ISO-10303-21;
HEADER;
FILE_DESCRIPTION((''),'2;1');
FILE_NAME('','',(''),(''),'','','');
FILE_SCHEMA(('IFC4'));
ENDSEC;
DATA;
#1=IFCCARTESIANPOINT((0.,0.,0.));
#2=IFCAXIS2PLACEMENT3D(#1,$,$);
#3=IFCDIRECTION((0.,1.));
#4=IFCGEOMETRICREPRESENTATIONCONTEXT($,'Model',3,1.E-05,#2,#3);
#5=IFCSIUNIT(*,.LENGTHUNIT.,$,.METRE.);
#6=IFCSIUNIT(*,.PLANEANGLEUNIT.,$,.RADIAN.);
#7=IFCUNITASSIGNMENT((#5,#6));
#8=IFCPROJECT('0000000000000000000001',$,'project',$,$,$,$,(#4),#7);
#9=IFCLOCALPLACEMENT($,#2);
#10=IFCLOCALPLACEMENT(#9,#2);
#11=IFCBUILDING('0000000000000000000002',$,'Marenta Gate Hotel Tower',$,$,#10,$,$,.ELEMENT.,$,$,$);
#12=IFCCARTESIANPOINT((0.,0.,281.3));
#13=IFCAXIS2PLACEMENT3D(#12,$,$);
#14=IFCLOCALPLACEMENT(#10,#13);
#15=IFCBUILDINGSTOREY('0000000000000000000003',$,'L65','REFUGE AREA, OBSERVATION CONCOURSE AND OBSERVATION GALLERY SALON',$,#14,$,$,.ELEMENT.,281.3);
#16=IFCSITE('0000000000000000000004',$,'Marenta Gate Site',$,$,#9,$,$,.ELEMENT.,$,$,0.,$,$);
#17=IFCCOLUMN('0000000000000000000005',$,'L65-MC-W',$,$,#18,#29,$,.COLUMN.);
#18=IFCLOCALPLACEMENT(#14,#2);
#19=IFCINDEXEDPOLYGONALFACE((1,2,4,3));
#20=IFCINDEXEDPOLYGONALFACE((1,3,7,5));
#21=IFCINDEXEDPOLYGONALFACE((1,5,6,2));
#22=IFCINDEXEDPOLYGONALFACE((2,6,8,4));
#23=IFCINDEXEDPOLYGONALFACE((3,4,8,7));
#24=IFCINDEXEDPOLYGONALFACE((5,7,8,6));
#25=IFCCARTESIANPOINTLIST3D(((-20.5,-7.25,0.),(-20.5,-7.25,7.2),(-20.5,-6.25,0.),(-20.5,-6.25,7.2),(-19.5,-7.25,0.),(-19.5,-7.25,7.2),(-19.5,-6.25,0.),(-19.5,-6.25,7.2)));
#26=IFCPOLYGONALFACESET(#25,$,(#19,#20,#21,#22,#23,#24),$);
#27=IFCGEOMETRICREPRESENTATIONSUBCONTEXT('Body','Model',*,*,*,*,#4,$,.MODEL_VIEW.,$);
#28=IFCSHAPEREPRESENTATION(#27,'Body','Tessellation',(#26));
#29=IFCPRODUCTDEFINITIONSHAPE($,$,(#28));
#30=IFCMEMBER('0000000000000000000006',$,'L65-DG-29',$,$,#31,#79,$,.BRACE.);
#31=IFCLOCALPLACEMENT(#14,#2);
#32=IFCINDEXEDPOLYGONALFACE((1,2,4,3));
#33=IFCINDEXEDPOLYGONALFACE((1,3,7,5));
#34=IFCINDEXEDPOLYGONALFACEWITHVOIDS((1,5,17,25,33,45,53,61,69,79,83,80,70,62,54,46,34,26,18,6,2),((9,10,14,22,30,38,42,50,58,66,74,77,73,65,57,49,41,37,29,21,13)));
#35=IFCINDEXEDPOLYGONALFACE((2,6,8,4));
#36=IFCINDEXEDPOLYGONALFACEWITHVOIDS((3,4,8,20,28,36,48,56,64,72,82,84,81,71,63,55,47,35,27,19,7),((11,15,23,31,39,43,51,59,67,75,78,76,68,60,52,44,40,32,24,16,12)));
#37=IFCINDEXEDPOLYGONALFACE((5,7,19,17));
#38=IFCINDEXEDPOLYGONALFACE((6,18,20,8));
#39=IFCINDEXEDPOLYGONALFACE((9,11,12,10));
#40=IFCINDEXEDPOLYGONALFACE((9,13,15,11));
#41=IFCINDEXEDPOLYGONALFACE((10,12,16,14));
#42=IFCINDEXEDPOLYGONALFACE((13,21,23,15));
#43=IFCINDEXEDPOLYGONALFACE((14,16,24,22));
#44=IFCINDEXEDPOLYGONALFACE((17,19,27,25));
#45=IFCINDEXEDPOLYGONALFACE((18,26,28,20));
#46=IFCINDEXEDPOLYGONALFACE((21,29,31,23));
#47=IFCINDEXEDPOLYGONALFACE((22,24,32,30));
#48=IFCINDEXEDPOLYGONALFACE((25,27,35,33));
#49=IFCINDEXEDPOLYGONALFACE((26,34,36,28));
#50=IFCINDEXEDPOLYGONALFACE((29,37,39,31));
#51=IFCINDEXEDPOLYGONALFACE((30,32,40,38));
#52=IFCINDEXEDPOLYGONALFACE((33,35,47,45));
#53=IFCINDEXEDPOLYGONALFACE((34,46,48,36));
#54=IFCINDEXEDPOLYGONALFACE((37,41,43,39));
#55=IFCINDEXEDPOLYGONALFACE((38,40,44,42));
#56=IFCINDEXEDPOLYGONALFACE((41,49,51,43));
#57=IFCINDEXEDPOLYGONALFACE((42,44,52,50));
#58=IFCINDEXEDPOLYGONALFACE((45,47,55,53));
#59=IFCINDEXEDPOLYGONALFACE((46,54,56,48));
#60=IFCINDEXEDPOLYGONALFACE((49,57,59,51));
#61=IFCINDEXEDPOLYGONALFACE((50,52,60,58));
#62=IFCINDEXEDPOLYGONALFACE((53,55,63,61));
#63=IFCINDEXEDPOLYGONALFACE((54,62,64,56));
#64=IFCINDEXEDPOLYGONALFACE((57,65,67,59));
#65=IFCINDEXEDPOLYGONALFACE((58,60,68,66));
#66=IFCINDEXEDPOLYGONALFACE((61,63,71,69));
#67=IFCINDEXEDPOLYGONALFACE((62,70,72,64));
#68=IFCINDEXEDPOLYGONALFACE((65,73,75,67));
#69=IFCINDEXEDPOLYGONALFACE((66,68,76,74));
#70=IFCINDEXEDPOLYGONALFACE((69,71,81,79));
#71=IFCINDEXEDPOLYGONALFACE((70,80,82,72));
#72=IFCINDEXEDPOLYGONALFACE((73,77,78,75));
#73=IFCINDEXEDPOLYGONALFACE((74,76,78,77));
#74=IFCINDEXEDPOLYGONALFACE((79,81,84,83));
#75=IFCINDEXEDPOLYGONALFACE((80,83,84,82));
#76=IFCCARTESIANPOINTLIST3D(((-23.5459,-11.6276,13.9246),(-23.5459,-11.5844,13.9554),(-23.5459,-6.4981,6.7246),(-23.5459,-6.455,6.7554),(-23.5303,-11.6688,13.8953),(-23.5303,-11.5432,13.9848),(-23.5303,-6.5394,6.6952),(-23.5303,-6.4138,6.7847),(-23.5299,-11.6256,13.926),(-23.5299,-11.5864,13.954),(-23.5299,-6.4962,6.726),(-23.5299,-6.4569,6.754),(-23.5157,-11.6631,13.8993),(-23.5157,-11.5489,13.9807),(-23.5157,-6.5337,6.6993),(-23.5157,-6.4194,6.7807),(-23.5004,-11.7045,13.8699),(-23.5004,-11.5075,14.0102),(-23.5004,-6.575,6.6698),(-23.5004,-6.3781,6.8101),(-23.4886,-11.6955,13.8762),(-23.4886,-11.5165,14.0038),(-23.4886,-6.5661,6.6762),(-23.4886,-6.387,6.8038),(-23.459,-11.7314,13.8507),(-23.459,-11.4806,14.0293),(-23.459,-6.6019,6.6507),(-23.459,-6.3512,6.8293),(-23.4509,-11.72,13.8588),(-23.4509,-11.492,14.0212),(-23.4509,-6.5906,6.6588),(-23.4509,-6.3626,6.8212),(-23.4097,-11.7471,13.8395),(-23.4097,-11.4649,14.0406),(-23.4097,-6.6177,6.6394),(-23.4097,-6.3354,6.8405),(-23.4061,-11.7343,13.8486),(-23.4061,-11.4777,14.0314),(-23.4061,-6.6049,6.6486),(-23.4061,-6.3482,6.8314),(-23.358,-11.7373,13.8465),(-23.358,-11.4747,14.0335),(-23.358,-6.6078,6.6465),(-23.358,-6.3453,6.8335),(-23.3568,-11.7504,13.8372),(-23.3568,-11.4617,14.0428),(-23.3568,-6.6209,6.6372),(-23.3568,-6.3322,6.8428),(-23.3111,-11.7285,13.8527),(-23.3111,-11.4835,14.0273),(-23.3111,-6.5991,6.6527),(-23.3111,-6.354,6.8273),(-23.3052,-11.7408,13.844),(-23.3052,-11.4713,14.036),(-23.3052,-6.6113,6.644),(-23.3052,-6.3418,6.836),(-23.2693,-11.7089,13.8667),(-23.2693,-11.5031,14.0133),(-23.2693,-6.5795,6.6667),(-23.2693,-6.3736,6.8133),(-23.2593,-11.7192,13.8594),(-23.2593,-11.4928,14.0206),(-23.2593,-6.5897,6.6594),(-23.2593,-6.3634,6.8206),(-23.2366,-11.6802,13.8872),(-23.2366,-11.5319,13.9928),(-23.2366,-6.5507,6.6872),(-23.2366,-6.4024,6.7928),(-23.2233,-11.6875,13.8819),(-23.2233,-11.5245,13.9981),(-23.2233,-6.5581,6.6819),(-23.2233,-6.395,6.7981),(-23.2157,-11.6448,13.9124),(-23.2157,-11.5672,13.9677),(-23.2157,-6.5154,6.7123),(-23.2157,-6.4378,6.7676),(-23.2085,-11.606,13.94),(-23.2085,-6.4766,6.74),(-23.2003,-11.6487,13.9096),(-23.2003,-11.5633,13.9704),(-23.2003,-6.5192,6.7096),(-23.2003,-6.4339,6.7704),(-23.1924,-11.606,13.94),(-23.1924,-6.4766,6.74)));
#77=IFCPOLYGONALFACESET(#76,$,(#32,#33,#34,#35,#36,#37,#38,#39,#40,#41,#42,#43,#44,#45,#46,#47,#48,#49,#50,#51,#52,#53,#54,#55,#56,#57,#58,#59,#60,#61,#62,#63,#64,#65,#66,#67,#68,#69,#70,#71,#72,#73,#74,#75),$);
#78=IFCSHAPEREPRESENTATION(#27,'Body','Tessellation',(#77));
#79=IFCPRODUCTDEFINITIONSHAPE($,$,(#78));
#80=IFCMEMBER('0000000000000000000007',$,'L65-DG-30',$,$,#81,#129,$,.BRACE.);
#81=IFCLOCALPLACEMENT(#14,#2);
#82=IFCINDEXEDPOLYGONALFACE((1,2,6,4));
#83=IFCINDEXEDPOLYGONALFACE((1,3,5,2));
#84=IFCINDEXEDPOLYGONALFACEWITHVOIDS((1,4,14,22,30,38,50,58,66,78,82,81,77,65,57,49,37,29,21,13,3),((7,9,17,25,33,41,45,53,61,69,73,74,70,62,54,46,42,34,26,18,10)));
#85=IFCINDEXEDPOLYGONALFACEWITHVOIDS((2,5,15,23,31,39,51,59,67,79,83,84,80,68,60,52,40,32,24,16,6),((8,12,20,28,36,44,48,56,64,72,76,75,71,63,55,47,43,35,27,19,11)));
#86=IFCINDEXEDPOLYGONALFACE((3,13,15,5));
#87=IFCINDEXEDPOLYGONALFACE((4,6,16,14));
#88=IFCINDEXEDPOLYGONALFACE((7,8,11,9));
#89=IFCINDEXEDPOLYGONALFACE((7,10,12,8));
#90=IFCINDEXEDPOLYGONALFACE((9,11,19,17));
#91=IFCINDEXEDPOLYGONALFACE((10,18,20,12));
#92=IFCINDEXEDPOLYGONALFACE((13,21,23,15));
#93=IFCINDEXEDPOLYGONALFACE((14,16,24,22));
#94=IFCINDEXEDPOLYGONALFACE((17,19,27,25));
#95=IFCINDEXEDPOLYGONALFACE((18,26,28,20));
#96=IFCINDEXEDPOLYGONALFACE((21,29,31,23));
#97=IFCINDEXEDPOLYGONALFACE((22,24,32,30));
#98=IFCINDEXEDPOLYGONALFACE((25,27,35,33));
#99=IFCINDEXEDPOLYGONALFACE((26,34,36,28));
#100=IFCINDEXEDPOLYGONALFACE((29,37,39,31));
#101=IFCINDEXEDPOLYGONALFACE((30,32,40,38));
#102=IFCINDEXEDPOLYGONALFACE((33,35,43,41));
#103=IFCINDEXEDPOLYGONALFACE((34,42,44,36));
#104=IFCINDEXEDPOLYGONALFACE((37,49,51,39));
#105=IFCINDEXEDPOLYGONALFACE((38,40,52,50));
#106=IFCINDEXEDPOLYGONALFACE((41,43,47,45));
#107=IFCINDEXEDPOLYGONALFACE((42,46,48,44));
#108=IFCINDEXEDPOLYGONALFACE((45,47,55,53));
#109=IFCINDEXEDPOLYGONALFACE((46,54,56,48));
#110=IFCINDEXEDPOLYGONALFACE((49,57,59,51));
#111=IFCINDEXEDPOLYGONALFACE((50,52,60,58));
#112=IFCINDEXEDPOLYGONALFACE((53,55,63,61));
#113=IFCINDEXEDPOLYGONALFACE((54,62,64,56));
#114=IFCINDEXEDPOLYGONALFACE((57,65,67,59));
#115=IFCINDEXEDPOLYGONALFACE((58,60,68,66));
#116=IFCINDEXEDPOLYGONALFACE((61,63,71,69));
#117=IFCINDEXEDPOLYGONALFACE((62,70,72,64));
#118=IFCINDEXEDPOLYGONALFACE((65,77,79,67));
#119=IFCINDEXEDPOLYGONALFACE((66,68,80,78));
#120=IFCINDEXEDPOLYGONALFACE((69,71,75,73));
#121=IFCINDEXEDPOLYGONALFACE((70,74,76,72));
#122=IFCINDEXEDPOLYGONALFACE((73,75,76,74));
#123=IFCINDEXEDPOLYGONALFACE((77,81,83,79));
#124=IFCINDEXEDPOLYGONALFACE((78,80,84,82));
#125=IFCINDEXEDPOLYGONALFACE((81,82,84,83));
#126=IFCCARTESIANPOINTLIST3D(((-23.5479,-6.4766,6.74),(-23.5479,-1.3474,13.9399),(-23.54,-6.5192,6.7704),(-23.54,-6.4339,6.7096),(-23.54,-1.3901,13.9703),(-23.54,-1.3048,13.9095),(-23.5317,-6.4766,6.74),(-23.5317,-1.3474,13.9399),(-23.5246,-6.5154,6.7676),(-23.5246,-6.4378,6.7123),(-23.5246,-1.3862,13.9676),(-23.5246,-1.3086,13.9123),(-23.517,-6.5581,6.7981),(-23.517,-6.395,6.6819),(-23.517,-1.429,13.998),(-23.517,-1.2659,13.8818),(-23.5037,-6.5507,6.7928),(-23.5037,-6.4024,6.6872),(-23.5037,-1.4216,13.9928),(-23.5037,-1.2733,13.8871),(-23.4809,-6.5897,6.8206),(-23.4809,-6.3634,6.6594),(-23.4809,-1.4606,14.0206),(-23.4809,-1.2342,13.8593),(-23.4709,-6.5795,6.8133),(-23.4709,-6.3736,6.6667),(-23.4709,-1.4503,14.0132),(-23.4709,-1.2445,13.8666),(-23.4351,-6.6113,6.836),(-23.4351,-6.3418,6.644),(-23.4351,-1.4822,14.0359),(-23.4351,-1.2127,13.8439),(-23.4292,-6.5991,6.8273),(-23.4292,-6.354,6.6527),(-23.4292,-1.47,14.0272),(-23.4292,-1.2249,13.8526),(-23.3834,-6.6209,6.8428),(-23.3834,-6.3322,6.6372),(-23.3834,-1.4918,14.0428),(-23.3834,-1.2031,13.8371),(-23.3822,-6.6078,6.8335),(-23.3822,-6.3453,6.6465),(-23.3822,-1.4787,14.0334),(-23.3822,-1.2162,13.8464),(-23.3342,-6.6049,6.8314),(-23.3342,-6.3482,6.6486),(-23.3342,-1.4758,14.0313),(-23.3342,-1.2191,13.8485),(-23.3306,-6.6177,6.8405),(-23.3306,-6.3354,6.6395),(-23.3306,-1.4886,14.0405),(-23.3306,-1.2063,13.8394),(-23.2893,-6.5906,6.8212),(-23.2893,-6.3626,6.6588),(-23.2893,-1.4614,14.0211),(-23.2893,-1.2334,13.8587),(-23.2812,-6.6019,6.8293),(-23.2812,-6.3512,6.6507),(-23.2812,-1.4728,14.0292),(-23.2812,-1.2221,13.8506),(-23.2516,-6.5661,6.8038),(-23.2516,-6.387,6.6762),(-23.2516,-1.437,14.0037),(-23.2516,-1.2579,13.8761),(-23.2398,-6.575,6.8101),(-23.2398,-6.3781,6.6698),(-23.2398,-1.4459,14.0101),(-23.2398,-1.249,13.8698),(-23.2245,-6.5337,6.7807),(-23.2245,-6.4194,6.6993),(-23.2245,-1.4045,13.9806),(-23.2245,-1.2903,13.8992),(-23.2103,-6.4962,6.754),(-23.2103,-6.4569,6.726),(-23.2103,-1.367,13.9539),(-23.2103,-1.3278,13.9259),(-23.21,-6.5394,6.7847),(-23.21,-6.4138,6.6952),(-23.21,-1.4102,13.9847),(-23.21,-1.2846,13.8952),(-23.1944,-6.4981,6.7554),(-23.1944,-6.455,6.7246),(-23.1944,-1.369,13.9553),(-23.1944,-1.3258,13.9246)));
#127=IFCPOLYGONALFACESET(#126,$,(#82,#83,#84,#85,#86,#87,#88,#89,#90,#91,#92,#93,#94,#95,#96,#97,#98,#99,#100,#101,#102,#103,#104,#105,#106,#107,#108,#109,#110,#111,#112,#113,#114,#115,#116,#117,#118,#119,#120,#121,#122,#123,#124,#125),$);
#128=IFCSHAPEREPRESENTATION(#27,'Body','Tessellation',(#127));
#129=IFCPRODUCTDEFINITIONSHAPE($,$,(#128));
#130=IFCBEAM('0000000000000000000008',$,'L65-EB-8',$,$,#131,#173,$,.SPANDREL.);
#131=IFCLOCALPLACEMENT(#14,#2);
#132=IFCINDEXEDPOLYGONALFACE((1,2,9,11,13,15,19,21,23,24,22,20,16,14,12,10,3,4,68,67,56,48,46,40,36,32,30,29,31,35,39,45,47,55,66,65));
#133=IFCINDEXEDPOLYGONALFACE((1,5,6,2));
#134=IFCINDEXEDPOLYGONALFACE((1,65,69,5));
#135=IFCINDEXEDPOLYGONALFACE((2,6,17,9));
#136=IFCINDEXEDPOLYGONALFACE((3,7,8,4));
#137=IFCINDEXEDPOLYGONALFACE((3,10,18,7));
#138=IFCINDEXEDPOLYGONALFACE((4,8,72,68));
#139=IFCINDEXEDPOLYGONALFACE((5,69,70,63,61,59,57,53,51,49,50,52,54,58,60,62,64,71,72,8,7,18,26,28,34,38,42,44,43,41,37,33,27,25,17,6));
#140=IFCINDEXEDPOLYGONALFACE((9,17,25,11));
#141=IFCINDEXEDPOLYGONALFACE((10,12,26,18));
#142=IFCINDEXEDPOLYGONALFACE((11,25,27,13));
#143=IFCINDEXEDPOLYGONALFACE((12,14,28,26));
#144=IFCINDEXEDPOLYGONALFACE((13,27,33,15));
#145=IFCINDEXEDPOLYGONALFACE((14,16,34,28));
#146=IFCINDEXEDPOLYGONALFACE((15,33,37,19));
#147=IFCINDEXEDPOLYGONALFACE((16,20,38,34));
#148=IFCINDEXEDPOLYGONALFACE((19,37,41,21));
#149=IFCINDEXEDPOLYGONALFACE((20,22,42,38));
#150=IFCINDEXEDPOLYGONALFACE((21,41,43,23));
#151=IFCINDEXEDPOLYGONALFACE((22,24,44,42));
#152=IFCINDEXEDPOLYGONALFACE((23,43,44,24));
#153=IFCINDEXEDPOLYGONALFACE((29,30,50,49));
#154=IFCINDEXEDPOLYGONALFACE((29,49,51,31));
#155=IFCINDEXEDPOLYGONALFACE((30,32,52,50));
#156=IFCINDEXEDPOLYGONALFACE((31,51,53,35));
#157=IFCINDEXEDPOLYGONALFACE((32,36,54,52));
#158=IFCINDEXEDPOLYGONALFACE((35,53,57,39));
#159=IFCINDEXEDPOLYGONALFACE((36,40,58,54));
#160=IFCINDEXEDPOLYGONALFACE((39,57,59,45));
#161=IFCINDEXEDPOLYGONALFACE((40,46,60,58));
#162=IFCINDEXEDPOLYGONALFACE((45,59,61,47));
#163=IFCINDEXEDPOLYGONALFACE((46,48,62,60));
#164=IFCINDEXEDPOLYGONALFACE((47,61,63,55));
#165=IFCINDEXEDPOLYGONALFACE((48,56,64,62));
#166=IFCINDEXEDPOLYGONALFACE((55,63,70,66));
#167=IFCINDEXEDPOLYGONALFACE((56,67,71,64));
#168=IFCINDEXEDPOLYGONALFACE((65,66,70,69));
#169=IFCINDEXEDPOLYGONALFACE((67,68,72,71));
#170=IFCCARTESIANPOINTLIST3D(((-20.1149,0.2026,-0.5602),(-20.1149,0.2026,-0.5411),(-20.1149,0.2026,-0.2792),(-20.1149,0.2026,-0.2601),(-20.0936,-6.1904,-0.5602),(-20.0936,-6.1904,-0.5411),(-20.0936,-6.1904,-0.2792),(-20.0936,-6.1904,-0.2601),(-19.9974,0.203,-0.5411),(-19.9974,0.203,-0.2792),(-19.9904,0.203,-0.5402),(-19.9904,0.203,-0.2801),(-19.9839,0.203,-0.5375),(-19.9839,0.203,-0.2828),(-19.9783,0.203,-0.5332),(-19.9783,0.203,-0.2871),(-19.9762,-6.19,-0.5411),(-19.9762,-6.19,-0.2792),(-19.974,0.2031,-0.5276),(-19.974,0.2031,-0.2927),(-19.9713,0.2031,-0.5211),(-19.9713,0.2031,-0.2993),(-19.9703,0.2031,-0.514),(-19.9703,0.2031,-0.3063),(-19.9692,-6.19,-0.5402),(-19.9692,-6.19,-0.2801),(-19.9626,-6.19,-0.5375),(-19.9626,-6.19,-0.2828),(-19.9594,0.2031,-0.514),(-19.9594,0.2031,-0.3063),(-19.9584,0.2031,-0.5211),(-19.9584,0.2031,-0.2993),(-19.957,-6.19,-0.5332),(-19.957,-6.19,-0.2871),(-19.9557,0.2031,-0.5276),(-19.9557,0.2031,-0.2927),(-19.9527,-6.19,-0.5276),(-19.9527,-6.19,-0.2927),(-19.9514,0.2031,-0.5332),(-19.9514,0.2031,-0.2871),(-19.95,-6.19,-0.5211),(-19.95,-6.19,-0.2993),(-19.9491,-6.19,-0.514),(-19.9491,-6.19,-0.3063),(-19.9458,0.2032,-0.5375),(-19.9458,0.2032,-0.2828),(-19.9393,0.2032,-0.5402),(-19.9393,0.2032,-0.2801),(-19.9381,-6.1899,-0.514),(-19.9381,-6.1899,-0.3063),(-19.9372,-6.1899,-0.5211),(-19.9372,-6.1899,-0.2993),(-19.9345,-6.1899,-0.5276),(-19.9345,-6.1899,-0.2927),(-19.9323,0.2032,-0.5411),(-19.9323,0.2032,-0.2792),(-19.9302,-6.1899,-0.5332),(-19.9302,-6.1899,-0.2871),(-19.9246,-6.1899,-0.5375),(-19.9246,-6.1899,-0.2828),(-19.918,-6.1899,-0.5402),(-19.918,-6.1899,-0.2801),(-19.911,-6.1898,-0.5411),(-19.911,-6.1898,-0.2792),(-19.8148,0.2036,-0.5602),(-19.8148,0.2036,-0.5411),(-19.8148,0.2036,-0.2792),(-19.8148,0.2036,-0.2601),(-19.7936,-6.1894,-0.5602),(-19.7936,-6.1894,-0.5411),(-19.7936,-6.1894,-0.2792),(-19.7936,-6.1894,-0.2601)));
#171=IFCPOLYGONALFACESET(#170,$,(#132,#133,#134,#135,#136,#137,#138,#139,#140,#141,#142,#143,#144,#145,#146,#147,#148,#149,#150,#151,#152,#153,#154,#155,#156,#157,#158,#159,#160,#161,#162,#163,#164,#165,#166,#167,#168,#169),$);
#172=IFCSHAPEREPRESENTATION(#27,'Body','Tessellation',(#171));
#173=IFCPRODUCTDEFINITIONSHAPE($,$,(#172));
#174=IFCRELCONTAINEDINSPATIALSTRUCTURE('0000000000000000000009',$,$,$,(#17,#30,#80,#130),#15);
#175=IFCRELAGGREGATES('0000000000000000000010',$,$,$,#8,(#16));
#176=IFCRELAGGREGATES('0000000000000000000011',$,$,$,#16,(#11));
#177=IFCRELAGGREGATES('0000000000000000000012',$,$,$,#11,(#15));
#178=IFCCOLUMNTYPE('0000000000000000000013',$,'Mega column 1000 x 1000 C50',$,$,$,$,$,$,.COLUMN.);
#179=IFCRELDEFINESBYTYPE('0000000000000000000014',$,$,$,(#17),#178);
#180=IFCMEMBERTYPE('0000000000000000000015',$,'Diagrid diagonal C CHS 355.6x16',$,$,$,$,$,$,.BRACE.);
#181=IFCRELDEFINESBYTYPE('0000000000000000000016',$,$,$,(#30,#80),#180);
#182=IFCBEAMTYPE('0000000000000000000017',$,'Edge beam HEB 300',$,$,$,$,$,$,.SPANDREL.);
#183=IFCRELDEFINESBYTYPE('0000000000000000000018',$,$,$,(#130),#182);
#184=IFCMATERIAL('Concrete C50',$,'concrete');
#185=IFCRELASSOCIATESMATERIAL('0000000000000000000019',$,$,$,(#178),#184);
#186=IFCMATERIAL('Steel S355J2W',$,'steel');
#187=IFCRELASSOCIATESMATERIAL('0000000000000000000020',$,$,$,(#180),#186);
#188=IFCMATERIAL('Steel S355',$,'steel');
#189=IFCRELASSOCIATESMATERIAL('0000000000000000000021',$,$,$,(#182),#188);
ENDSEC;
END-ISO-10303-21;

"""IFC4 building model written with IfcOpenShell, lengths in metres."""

from ifc_helpers import new_model, si_unit, direction, frame, origin, origin_2d, place, context, subcontext, project, spatial, rectangle, hollow_circle, i_section, extrude, material, material_profile, profile_set, type_object, element, save


model = new_model("IFC4")

# Units and contexts
model_context = context("Model", 3, precision=1e-05, world=origin(), true_north=direction((0.0, 1.0)))
body_context = subcontext(model_context, "Body", "Model", "MODEL_VIEW")
ifc_project = project(units=[si_unit("LENGTHUNIT", "METRE"), si_unit("PLANEANGLEUNIT", "RADIAN")], contexts=[model_context])

# Site, building, storey
site_placement = place(None, origin())
site = spatial("IfcSite", under=ifc_project, at=site_placement, Name="Marenta Gate Site", CompositionType="ELEMENT", RefElevation=0.0)
building_placement = place(site_placement, origin())
building = spatial("IfcBuilding", under=site, at=building_placement, Name="Marenta Gate Hotel Tower", CompositionType="ELEMENT")
storey_placement = place(building_placement, frame((0.0, 0.0, 281.3)))
storey = spatial("IfcBuildingStorey", under=building, at=storey_placement, Name="L65", Description="REFUGE AREA, OBSERVATION CONCOURSE AND OBSERVATION GALLERY SALON", CompositionType="ELEMENT", Elevation=281.3)

# Column
ifc_material_1 = material(Name="Concrete C50", Category="concrete")
ifc_material_profile_1 = material_profile(ifc_material_1, rectangle(XDim=1.0, YDim=1.0, at=origin_2d()), Name="1000 x 1000")
ifc_profile_set_1 = profile_set([ifc_material_profile_1], Name="Concrete C50")
column_type = type_object("IfcColumnType", Name="Mega column 1000 x 1000 C50", PredefinedType="COLUMN", material=ifc_profile_set_1)
column_placement = place(storey_placement, frame((-20.0, -6.75, 0.0), z_axis=(0.0, 0.0, 1.0), x_axis=(1.0, 0.0, 0.0)))
element("IfcColumn", 1, at=column_placement, inside=storey, type_object=column_type, Name="L65-MC-W", PredefinedType="COLUMN", context=body_context, shape_type="SweptSolid", body=[
    extrude(rectangle(XDim=1.0, YDim=1.0, at=origin_2d()), origin(), (0.0, 0.0, 1.0), 7.2),
])

# Members
ifc_material_2 = material(Name="Steel S355J2W", Category="steel")
ifc_material_profile_2 = material_profile(ifc_material_2, hollow_circle(Radius=0.1777, WallThickness=0.0161, at=origin_2d()), Name="CHS 355.6x16")
ifc_profile_set_2 = profile_set([ifc_material_profile_2], Name="Steel S355J2W")
member_type_1 = type_object("IfcMemberType", Name="Diagrid diagonal C CHS 355.6x16", PredefinedType="BRACE", material=ifc_profile_set_2)
member_1_placement = place(storey_placement, frame((-23.3701, -6.4766, 6.74), z_axis=(0.0, -0.580232, 0.814451), x_axis=(1.0, 0.0, 0.0)))
element("IfcMember", 2, at=member_1_placement, inside=storey, type_object=member_type_1, Name="L65-DG-29", PredefinedType="BRACE", context=body_context, shape_type="SweptSolid", body=[
    extrude(hollow_circle(Radius=0.1777, WallThickness=0.0161, at=origin_2d()), origin(), (0.0, 0.0, 1.0), 8.8403),
])
member_2_placement = place(storey_placement, frame((-23.3701, -6.4766, 6.74), z_axis=(0.0, 0.580214, 0.814464), x_axis=(-1.0, 0.0, 0.0)))
element("IfcMember", 3, at=member_2_placement, inside=storey, type_object=member_type_1, Name="L65-DG-30", PredefinedType="BRACE", context=body_context, shape_type="SweptSolid", body=[
    extrude(hollow_circle(Radius=0.1777, WallThickness=0.0161, at=origin_2d()), origin(), (0.0, 0.0, 1.0), 8.8401),
])

# Beam
ifc_material_3 = material(Name="Steel S355", Category="steel")
ifc_material_profile_3 = material_profile(ifc_material_3, i_section(OverallWidth=0.3, OverallDepth=0.3, WebThickness=0.011, FlangeThickness=0.019, FilletRadius=0.0271, at=origin_2d()), Name="HEB 300")
ifc_profile_set_3 = profile_set([ifc_material_profile_3], Name="Steel S355")
beam_type = type_object("IfcBeamType", Name="Edge beam HEB 300", PredefinedType="SPANDREL", material=ifc_profile_set_3)
beam_placement = place(storey_placement, frame((-19.9436, -6.1899, -0.4102), z_axis=(-0.003322, 0.999994, 0.0), x_axis=(-0.999994, -0.003322, 0.0)))
element("IfcBeam", 4, at=beam_placement, inside=storey, type_object=beam_type, Name="L65-EB-8", PredefinedType="SPANDREL", context=body_context, shape_type="SweptSolid", body=[
    extrude(i_section(OverallWidth=0.3, OverallDepth=0.3, WebThickness=0.011, FlangeThickness=0.019, FilletRadius=0.0271, at=origin_2d()), origin(), (0.0, 0.0, 1.0), 6.3931),
])

save(model, "model.ifc")
